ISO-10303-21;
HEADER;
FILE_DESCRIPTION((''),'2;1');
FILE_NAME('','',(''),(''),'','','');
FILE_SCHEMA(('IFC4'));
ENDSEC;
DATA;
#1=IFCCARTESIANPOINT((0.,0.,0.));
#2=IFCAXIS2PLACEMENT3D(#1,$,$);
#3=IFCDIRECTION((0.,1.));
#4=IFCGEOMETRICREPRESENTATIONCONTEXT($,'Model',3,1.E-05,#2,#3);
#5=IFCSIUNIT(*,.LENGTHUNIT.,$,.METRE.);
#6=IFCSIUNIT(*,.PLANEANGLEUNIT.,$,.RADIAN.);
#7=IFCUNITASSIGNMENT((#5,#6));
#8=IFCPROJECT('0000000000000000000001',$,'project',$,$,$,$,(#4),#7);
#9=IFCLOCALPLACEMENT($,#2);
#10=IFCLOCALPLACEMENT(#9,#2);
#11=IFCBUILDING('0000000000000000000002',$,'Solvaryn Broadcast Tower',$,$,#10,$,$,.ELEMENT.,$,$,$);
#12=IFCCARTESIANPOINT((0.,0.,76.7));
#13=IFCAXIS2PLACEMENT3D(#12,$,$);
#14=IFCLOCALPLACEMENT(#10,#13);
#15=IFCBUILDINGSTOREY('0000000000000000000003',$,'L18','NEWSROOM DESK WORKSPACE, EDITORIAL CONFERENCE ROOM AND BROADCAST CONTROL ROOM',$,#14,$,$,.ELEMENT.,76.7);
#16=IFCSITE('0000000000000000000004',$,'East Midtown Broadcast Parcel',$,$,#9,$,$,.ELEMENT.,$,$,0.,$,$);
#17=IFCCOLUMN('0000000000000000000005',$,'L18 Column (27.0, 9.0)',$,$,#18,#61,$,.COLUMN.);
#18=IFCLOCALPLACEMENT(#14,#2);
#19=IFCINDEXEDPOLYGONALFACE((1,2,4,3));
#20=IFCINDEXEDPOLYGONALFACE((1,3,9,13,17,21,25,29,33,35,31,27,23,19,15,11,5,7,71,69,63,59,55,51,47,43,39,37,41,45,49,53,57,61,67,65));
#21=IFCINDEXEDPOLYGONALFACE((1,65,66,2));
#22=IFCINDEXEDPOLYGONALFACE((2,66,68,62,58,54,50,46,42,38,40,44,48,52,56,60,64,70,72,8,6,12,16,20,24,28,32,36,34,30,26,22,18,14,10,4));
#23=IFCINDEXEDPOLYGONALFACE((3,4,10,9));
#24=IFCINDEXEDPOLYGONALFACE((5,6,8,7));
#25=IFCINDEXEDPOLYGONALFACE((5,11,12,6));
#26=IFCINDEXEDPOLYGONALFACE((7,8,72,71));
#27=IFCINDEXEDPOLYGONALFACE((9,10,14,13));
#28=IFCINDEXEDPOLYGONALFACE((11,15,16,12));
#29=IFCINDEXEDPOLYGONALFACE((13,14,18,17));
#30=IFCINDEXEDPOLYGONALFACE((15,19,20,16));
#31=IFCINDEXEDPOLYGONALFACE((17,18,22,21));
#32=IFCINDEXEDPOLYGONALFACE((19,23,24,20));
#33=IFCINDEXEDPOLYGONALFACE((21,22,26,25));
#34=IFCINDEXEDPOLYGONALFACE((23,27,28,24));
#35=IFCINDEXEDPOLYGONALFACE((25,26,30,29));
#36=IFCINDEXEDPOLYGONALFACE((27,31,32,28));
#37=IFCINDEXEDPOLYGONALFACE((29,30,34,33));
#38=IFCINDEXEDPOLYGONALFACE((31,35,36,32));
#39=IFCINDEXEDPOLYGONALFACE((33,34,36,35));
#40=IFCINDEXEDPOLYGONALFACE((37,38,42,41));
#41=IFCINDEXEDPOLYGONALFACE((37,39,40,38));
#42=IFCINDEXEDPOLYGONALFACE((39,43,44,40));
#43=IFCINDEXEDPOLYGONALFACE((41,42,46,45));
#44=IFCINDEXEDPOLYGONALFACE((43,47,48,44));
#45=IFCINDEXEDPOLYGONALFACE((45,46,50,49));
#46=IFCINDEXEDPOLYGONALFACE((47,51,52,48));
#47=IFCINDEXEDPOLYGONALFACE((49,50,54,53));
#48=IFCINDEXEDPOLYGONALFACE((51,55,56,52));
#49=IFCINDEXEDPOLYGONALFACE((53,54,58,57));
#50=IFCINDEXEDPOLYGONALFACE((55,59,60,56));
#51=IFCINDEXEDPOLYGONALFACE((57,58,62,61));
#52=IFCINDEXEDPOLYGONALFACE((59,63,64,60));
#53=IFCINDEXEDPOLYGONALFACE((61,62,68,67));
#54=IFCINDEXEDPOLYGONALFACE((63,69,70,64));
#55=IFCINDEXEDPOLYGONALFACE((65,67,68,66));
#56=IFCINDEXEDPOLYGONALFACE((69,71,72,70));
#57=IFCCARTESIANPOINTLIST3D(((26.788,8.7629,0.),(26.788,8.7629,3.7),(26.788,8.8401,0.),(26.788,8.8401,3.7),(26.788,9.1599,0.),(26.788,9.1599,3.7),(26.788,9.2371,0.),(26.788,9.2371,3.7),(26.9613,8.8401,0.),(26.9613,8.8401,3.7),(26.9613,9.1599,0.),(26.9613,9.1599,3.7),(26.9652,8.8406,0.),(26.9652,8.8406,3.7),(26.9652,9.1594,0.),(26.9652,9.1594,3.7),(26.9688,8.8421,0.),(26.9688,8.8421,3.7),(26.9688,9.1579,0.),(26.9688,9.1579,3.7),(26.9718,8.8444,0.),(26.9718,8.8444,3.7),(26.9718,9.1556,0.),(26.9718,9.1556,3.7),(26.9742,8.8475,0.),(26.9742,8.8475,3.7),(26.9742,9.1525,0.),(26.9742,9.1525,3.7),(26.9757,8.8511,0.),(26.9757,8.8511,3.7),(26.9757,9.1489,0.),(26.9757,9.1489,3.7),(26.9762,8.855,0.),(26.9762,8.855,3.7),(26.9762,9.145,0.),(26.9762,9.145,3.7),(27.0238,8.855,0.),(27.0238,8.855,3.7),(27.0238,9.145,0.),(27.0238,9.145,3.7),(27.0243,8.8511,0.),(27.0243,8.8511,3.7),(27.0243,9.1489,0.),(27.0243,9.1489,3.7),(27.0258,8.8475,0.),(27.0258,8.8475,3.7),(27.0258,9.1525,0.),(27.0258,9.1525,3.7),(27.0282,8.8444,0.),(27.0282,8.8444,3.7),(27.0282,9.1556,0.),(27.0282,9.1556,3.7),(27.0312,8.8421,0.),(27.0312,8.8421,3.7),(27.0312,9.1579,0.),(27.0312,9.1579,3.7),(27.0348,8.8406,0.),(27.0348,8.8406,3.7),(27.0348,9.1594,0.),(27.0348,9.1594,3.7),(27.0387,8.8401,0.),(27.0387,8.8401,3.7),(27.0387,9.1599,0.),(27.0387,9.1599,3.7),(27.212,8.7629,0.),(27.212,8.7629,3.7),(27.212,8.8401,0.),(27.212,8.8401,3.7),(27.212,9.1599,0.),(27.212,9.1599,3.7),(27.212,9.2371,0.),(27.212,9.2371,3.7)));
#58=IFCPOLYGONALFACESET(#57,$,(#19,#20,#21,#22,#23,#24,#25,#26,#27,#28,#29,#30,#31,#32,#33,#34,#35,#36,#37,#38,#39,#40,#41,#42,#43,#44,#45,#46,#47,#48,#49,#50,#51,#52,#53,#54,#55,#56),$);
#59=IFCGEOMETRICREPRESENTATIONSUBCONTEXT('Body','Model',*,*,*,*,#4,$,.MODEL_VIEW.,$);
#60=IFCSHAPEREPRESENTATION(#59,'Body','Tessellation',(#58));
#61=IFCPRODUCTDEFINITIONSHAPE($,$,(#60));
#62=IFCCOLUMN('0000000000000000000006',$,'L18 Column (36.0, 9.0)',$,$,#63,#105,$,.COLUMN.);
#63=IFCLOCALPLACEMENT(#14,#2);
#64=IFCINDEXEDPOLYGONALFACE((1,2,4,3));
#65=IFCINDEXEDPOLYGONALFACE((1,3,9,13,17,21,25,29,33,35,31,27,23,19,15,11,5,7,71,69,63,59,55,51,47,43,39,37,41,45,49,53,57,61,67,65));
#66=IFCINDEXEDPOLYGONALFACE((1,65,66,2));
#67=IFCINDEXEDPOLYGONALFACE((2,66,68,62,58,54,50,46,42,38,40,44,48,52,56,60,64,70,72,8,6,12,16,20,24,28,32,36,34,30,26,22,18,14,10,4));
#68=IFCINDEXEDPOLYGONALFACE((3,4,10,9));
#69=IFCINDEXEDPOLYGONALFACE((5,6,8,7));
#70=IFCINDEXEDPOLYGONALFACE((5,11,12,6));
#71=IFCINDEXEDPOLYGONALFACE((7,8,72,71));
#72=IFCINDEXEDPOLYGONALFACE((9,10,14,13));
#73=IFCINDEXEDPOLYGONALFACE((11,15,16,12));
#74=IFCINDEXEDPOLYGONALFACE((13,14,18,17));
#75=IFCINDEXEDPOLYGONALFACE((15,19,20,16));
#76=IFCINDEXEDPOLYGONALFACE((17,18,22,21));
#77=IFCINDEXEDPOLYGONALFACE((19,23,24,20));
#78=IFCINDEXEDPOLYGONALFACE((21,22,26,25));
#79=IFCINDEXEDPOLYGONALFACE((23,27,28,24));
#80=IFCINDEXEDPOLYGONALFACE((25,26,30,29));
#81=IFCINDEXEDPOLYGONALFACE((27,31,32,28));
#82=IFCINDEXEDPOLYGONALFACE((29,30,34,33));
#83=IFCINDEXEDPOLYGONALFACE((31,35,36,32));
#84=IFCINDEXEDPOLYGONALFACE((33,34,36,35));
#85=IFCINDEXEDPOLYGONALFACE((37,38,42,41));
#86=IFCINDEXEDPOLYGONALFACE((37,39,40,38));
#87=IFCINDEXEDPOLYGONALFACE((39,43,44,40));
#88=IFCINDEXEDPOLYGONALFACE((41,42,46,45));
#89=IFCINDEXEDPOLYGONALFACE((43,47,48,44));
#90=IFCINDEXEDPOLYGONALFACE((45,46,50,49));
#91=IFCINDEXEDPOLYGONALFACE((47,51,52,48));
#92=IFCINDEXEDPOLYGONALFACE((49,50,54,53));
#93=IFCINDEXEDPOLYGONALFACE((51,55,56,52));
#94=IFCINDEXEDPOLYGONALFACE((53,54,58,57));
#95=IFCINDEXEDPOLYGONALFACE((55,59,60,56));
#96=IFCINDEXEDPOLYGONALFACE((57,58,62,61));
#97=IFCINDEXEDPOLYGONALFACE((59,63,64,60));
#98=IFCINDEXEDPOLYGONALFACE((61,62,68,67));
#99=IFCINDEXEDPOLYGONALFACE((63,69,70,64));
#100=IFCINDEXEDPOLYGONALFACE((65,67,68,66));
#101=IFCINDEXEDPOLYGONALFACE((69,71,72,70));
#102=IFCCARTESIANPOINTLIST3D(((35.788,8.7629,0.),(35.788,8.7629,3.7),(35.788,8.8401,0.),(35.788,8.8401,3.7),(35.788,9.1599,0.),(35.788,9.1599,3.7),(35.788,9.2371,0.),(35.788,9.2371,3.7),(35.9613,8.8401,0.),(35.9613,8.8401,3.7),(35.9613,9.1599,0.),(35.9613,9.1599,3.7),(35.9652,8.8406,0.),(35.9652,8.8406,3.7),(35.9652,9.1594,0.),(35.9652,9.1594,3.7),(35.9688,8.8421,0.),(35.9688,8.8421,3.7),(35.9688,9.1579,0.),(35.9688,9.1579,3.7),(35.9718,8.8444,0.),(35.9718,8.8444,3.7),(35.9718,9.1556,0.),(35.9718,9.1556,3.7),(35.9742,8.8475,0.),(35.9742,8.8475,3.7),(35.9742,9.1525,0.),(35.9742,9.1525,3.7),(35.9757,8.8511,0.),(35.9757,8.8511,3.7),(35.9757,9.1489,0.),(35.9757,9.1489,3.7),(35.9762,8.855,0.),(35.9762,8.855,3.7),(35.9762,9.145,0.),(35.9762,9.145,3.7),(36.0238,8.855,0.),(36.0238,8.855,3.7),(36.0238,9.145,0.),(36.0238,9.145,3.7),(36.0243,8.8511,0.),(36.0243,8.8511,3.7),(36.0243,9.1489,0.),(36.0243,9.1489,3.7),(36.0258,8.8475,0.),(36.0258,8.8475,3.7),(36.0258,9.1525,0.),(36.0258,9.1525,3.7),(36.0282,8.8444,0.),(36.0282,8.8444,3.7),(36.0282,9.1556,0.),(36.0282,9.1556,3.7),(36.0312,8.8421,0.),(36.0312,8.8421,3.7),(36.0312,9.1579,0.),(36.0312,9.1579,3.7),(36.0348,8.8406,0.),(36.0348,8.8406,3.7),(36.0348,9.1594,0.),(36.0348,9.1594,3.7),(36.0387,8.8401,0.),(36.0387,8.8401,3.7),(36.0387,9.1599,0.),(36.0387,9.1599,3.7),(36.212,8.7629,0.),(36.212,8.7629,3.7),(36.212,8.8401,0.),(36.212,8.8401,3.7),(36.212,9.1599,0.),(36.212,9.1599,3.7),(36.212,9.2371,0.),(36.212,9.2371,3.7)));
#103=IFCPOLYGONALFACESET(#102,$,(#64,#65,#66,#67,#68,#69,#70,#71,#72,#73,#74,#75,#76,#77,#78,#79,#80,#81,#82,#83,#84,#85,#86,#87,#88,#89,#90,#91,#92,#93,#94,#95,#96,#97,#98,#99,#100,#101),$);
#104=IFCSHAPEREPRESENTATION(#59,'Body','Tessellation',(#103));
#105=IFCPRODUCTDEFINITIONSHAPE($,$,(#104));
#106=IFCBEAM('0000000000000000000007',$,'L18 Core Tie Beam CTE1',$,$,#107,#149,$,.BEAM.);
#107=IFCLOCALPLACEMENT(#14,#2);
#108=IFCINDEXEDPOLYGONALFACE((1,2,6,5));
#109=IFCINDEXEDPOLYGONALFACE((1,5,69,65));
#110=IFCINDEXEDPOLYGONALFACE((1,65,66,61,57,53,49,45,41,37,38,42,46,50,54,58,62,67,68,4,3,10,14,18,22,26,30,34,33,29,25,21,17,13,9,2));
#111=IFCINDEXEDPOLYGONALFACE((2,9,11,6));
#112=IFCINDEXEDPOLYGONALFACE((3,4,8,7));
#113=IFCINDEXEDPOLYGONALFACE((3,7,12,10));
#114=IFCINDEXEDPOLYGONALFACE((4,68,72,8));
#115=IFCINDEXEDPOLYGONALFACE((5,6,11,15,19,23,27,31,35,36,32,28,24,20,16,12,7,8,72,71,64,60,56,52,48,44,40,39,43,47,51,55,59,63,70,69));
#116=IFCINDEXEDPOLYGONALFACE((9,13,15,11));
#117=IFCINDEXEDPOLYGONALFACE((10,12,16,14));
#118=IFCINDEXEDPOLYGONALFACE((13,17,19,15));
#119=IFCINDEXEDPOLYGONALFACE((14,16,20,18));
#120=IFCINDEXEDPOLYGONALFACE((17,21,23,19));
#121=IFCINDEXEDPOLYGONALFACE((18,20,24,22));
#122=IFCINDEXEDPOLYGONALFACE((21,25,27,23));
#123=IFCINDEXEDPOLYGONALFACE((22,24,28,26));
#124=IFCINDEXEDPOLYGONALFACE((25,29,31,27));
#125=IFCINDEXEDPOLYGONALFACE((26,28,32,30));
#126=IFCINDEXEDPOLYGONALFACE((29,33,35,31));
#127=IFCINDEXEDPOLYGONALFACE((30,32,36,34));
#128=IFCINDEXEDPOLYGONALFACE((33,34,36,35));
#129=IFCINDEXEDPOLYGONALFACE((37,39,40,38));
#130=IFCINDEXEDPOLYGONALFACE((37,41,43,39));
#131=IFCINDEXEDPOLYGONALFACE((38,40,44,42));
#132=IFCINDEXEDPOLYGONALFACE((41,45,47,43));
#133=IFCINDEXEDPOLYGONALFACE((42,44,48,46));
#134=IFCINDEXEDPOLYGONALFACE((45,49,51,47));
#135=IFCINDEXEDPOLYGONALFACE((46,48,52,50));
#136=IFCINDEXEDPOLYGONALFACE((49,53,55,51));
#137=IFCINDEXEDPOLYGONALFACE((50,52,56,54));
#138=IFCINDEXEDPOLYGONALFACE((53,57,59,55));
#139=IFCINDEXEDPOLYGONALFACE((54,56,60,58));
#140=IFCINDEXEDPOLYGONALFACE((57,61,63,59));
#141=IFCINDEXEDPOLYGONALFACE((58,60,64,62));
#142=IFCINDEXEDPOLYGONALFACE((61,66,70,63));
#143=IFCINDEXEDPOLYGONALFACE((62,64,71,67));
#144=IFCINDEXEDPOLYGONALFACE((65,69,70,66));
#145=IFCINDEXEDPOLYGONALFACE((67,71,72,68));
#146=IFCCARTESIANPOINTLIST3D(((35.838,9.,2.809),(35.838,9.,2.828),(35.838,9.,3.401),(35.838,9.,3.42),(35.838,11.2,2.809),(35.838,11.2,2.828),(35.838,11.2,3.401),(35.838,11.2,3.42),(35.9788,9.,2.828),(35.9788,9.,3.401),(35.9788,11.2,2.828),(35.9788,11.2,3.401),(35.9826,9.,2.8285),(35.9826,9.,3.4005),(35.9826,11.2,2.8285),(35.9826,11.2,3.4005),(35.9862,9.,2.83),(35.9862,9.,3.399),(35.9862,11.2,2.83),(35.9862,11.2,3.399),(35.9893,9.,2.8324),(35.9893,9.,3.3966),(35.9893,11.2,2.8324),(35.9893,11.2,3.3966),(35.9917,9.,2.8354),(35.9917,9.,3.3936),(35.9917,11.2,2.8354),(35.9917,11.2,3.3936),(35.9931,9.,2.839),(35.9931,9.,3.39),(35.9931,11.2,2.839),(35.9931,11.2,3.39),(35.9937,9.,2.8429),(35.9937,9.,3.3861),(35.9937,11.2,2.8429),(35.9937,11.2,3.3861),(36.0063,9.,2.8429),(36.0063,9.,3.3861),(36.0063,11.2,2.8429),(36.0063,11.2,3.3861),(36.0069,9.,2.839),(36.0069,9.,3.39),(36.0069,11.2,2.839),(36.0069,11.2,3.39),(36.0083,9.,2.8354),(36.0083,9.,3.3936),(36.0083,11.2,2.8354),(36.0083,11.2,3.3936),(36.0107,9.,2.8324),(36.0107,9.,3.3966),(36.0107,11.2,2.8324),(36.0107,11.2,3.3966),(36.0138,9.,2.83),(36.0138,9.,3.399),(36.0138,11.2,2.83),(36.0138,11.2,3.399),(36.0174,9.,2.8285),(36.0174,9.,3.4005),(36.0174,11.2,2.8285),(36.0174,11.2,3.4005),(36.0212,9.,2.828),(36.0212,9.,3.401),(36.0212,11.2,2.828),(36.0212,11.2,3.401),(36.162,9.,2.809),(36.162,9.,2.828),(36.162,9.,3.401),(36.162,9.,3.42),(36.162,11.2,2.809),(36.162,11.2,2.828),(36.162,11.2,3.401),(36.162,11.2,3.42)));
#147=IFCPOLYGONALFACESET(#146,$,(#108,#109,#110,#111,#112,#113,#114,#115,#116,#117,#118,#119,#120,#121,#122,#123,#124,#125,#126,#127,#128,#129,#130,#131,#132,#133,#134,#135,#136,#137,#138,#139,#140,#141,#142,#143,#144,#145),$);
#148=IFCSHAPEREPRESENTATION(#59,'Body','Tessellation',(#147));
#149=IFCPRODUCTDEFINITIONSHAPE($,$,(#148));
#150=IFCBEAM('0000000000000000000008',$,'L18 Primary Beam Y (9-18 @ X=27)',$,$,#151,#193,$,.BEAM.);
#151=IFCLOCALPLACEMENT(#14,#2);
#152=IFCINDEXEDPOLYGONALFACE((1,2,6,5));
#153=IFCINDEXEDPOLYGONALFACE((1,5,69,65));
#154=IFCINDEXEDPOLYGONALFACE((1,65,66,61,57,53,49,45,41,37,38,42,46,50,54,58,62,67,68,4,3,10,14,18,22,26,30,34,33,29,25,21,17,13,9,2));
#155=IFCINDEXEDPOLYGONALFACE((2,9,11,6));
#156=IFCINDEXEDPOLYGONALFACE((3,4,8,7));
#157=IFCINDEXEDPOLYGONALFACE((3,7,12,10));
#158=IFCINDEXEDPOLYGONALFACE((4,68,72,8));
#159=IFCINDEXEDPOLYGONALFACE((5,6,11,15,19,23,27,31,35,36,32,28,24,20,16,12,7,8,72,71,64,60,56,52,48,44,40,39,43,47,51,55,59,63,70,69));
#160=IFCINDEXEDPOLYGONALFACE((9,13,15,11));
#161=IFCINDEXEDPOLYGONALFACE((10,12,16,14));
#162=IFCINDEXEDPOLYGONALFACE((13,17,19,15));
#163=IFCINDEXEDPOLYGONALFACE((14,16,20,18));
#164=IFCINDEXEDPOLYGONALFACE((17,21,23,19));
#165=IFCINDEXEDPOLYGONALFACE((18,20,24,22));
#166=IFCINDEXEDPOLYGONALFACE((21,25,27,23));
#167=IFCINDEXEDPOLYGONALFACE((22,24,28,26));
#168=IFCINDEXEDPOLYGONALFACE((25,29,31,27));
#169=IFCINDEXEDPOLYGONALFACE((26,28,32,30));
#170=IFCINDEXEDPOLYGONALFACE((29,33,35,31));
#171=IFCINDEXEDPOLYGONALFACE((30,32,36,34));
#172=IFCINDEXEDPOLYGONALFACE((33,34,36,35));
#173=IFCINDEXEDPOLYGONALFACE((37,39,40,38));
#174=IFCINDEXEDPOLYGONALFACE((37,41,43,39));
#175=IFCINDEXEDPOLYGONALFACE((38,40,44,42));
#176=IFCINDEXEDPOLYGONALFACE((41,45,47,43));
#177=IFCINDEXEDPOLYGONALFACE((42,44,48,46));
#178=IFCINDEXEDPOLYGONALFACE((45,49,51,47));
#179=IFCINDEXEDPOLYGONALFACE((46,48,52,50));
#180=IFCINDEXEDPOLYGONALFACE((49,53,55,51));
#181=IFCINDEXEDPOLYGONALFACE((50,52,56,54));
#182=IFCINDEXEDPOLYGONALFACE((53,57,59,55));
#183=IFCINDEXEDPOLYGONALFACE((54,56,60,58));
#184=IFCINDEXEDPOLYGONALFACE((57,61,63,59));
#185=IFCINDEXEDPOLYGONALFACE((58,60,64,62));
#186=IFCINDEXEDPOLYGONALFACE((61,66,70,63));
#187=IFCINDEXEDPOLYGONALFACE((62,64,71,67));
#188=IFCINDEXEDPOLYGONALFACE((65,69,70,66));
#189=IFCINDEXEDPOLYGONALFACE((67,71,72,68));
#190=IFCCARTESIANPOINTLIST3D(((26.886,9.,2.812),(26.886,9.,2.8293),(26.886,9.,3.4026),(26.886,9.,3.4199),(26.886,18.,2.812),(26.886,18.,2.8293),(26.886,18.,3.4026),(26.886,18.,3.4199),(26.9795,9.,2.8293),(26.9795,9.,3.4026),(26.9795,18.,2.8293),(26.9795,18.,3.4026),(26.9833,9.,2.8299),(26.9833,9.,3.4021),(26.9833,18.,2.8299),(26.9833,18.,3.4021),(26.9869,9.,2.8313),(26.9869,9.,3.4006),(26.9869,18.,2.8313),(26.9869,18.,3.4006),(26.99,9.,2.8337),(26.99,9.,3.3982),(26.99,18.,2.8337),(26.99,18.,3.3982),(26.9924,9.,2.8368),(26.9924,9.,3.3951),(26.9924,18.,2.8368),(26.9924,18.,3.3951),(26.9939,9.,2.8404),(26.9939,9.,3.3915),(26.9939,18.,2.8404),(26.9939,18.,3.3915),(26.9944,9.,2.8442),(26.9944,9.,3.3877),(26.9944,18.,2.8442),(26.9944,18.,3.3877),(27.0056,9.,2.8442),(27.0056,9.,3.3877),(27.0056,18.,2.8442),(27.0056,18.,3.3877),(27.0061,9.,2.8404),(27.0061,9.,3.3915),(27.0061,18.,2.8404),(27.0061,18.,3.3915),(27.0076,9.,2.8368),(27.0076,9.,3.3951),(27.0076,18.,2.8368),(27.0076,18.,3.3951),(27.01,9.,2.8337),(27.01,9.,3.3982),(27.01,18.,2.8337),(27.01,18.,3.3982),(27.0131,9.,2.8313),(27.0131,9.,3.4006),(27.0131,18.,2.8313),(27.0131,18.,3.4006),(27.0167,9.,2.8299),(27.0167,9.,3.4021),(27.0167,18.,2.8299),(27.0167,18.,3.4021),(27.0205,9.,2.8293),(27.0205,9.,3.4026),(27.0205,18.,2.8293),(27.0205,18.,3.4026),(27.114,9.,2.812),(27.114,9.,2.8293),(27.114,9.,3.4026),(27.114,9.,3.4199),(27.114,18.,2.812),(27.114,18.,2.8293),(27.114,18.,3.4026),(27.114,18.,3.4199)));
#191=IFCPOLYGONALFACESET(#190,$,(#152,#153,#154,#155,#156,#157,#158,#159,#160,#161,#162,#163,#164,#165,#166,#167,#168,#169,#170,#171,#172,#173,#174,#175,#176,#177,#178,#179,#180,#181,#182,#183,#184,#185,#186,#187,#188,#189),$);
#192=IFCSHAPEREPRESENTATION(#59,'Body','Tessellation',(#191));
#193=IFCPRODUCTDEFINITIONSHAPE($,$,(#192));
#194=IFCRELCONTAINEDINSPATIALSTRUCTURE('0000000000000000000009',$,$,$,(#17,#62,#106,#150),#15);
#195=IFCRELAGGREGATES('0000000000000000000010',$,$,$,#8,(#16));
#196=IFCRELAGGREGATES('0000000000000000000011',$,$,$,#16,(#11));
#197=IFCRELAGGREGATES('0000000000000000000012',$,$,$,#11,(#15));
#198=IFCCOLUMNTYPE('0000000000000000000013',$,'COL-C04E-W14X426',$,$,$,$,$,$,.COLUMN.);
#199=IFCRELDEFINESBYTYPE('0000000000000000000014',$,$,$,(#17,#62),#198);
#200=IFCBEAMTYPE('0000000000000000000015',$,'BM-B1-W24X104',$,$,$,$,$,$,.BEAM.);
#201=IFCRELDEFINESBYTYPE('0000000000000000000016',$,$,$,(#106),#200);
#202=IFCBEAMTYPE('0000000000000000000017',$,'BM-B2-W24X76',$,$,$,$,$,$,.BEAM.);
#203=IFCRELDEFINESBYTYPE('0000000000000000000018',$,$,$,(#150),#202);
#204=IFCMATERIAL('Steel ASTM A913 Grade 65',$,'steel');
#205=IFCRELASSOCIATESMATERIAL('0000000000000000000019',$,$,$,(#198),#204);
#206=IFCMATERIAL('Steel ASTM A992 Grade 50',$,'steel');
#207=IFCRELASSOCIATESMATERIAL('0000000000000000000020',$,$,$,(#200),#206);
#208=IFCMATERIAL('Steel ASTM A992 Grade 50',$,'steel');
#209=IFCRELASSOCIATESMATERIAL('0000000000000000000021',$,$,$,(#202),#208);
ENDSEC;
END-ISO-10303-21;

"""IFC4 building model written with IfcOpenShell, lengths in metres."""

from ifc_helpers import new_model, si_unit, direction, frame, origin, origin_2d, place, context, subcontext, project, spatial, i_section, extrude, material, material_profile, profile_set, type_object, element, save


model = new_model("IFC4")

# Units and contexts
model_context = context("Model", 3, precision=1e-05, world=origin(), true_north=direction((0.0, 1.0)))
body_context = subcontext(model_context, "Body", "Model", "MODEL_VIEW")
ifc_project = project(units=[si_unit("LENGTHUNIT", "METRE"), si_unit("PLANEANGLEUNIT", "RADIAN")], contexts=[model_context])

# Site, building, storey
site_placement = place(None, origin())
site = spatial("IfcSite", under=ifc_project, at=site_placement, Name="East Midtown Broadcast Parcel", CompositionType="ELEMENT", RefElevation=0.0)
building_placement = place(site_placement, origin())
building = spatial("IfcBuilding", under=site, at=building_placement, Name="Solvaryn Broadcast Tower", CompositionType="ELEMENT")
storey_placement = place(building_placement, frame((0.0, 0.0, 76.7)))
storey = spatial("IfcBuildingStorey", under=building, at=storey_placement, Name="L18", Description="NEWSROOM DESK WORKSPACE, EDITORIAL CONFERENCE ROOM AND BROADCAST CONTROL ROOM", CompositionType="ELEMENT", Elevation=76.7)

# Columns
ifc_material_1 = material(Name="Steel ASTM A913 Grade 65", Category="steel")
ifc_material_profile_1 = material_profile(ifc_material_1, i_section(OverallWidth=0.4241, OverallDepth=0.4741, WebThickness=0.0476, FlangeThickness=0.0771, FilletRadius=0.0149, at=origin_2d()))
ifc_profile_set_1 = profile_set([ifc_material_profile_1], Name="Steel ASTM A913 Grade 65")
column_type = type_object("IfcColumnType", Name="COL-C04E-W14X426", PredefinedType="COLUMN", material=ifc_profile_set_1)
for number, where, z_axis, x_axis, name in (
    (1, (27.0, 9.0, 0.0), (0.0, 0.0, 1.0), (1.0, 0.0, 0.0), "L18 Column (27.0, 9.0)"),
    (2, (36.0, 9.0, 0.0), (0.0, 0.0, 1.0), (1.0, 0.0, 0.0), "L18 Column (36.0, 9.0)"),
):
    element("IfcColumn", number, at=place(storey_placement, frame(where, z_axis=z_axis, x_axis=x_axis)), inside=storey, type_object=column_type, Name=name, PredefinedType="COLUMN", context=body_context, shape_type="SweptSolid", body=[
        extrude(i_section(OverallWidth=0.4241, OverallDepth=0.4741, WebThickness=0.0476, FlangeThickness=0.0771, FilletRadius=0.0149, at=origin_2d()), origin(), (0.0, 0.0, 1.0), 3.7),
    ])

# Beams
ifc_material_2 = material(Name="Steel ASTM A992 Grade 50", Category="steel")
ifc_material_profile_2 = material_profile(ifc_material_2, i_section(OverallWidth=0.324, OverallDepth=0.6111, WebThickness=0.0127, FlangeThickness=0.019, FilletRadius=0.0149, at=origin_2d()))
ifc_profile_set_2 = profile_set([ifc_material_profile_2], Name="Steel ASTM A992 Grade 50")
beam_type_1 = type_object("IfcBeamType", Name="BM-B1-W24X104", PredefinedType="BEAM", material=ifc_profile_set_2)
beam_1_placement = place(storey_placement, frame((36.0, 9.0, 3.1145), z_axis=(0.0, 1.0, 0.0), x_axis=(-1.0, 0.0, 0.0)))
element("IfcBeam", 3, at=beam_1_placement, inside=storey, type_object=beam_type_1, Name="L18 Core Tie Beam CTE1", PredefinedType="BEAM", context=body_context, shape_type="SweptSolid", body=[
    extrude(i_section(OverallWidth=0.324, OverallDepth=0.6111, WebThickness=0.0127, FlangeThickness=0.019, FilletRadius=0.0149, at=origin_2d()), origin(), (0.0, 0.0, 1.0), 2.2),
])
ifc_material_3 = material(Name="Steel ASTM A992 Grade 50", Category="steel")
ifc_material_profile_3 = material_profile(ifc_material_3, i_section(OverallWidth=0.228, OverallDepth=0.6079, WebThickness=0.0112, FlangeThickness=0.0173, FilletRadius=0.0149, at=origin_2d()))
ifc_profile_set_3 = profile_set([ifc_material_profile_3], Name="Steel ASTM A992 Grade 50")
beam_type_2 = type_object("IfcBeamType", Name="BM-B2-W24X76", PredefinedType="BEAM", material=ifc_profile_set_3)
beam_2_placement = place(storey_placement, frame((27.0, 9.0, 3.116), z_axis=(0.0, 1.0, 0.0), x_axis=(-1.0, 0.0, 0.0)))
element("IfcBeam", 4, at=beam_2_placement, inside=storey, type_object=beam_type_2, Name="L18 Primary Beam Y (9-18 @ X=27)", PredefinedType="BEAM", context=body_context, shape_type="SweptSolid", body=[
    extrude(i_section(OverallWidth=0.228, OverallDepth=0.6079, WebThickness=0.0112, FlangeThickness=0.0173, FilletRadius=0.0149, at=origin_2d()), origin(), (0.0, 0.0, 1.0), 9.0),
])

save(model, "model.ifc")
